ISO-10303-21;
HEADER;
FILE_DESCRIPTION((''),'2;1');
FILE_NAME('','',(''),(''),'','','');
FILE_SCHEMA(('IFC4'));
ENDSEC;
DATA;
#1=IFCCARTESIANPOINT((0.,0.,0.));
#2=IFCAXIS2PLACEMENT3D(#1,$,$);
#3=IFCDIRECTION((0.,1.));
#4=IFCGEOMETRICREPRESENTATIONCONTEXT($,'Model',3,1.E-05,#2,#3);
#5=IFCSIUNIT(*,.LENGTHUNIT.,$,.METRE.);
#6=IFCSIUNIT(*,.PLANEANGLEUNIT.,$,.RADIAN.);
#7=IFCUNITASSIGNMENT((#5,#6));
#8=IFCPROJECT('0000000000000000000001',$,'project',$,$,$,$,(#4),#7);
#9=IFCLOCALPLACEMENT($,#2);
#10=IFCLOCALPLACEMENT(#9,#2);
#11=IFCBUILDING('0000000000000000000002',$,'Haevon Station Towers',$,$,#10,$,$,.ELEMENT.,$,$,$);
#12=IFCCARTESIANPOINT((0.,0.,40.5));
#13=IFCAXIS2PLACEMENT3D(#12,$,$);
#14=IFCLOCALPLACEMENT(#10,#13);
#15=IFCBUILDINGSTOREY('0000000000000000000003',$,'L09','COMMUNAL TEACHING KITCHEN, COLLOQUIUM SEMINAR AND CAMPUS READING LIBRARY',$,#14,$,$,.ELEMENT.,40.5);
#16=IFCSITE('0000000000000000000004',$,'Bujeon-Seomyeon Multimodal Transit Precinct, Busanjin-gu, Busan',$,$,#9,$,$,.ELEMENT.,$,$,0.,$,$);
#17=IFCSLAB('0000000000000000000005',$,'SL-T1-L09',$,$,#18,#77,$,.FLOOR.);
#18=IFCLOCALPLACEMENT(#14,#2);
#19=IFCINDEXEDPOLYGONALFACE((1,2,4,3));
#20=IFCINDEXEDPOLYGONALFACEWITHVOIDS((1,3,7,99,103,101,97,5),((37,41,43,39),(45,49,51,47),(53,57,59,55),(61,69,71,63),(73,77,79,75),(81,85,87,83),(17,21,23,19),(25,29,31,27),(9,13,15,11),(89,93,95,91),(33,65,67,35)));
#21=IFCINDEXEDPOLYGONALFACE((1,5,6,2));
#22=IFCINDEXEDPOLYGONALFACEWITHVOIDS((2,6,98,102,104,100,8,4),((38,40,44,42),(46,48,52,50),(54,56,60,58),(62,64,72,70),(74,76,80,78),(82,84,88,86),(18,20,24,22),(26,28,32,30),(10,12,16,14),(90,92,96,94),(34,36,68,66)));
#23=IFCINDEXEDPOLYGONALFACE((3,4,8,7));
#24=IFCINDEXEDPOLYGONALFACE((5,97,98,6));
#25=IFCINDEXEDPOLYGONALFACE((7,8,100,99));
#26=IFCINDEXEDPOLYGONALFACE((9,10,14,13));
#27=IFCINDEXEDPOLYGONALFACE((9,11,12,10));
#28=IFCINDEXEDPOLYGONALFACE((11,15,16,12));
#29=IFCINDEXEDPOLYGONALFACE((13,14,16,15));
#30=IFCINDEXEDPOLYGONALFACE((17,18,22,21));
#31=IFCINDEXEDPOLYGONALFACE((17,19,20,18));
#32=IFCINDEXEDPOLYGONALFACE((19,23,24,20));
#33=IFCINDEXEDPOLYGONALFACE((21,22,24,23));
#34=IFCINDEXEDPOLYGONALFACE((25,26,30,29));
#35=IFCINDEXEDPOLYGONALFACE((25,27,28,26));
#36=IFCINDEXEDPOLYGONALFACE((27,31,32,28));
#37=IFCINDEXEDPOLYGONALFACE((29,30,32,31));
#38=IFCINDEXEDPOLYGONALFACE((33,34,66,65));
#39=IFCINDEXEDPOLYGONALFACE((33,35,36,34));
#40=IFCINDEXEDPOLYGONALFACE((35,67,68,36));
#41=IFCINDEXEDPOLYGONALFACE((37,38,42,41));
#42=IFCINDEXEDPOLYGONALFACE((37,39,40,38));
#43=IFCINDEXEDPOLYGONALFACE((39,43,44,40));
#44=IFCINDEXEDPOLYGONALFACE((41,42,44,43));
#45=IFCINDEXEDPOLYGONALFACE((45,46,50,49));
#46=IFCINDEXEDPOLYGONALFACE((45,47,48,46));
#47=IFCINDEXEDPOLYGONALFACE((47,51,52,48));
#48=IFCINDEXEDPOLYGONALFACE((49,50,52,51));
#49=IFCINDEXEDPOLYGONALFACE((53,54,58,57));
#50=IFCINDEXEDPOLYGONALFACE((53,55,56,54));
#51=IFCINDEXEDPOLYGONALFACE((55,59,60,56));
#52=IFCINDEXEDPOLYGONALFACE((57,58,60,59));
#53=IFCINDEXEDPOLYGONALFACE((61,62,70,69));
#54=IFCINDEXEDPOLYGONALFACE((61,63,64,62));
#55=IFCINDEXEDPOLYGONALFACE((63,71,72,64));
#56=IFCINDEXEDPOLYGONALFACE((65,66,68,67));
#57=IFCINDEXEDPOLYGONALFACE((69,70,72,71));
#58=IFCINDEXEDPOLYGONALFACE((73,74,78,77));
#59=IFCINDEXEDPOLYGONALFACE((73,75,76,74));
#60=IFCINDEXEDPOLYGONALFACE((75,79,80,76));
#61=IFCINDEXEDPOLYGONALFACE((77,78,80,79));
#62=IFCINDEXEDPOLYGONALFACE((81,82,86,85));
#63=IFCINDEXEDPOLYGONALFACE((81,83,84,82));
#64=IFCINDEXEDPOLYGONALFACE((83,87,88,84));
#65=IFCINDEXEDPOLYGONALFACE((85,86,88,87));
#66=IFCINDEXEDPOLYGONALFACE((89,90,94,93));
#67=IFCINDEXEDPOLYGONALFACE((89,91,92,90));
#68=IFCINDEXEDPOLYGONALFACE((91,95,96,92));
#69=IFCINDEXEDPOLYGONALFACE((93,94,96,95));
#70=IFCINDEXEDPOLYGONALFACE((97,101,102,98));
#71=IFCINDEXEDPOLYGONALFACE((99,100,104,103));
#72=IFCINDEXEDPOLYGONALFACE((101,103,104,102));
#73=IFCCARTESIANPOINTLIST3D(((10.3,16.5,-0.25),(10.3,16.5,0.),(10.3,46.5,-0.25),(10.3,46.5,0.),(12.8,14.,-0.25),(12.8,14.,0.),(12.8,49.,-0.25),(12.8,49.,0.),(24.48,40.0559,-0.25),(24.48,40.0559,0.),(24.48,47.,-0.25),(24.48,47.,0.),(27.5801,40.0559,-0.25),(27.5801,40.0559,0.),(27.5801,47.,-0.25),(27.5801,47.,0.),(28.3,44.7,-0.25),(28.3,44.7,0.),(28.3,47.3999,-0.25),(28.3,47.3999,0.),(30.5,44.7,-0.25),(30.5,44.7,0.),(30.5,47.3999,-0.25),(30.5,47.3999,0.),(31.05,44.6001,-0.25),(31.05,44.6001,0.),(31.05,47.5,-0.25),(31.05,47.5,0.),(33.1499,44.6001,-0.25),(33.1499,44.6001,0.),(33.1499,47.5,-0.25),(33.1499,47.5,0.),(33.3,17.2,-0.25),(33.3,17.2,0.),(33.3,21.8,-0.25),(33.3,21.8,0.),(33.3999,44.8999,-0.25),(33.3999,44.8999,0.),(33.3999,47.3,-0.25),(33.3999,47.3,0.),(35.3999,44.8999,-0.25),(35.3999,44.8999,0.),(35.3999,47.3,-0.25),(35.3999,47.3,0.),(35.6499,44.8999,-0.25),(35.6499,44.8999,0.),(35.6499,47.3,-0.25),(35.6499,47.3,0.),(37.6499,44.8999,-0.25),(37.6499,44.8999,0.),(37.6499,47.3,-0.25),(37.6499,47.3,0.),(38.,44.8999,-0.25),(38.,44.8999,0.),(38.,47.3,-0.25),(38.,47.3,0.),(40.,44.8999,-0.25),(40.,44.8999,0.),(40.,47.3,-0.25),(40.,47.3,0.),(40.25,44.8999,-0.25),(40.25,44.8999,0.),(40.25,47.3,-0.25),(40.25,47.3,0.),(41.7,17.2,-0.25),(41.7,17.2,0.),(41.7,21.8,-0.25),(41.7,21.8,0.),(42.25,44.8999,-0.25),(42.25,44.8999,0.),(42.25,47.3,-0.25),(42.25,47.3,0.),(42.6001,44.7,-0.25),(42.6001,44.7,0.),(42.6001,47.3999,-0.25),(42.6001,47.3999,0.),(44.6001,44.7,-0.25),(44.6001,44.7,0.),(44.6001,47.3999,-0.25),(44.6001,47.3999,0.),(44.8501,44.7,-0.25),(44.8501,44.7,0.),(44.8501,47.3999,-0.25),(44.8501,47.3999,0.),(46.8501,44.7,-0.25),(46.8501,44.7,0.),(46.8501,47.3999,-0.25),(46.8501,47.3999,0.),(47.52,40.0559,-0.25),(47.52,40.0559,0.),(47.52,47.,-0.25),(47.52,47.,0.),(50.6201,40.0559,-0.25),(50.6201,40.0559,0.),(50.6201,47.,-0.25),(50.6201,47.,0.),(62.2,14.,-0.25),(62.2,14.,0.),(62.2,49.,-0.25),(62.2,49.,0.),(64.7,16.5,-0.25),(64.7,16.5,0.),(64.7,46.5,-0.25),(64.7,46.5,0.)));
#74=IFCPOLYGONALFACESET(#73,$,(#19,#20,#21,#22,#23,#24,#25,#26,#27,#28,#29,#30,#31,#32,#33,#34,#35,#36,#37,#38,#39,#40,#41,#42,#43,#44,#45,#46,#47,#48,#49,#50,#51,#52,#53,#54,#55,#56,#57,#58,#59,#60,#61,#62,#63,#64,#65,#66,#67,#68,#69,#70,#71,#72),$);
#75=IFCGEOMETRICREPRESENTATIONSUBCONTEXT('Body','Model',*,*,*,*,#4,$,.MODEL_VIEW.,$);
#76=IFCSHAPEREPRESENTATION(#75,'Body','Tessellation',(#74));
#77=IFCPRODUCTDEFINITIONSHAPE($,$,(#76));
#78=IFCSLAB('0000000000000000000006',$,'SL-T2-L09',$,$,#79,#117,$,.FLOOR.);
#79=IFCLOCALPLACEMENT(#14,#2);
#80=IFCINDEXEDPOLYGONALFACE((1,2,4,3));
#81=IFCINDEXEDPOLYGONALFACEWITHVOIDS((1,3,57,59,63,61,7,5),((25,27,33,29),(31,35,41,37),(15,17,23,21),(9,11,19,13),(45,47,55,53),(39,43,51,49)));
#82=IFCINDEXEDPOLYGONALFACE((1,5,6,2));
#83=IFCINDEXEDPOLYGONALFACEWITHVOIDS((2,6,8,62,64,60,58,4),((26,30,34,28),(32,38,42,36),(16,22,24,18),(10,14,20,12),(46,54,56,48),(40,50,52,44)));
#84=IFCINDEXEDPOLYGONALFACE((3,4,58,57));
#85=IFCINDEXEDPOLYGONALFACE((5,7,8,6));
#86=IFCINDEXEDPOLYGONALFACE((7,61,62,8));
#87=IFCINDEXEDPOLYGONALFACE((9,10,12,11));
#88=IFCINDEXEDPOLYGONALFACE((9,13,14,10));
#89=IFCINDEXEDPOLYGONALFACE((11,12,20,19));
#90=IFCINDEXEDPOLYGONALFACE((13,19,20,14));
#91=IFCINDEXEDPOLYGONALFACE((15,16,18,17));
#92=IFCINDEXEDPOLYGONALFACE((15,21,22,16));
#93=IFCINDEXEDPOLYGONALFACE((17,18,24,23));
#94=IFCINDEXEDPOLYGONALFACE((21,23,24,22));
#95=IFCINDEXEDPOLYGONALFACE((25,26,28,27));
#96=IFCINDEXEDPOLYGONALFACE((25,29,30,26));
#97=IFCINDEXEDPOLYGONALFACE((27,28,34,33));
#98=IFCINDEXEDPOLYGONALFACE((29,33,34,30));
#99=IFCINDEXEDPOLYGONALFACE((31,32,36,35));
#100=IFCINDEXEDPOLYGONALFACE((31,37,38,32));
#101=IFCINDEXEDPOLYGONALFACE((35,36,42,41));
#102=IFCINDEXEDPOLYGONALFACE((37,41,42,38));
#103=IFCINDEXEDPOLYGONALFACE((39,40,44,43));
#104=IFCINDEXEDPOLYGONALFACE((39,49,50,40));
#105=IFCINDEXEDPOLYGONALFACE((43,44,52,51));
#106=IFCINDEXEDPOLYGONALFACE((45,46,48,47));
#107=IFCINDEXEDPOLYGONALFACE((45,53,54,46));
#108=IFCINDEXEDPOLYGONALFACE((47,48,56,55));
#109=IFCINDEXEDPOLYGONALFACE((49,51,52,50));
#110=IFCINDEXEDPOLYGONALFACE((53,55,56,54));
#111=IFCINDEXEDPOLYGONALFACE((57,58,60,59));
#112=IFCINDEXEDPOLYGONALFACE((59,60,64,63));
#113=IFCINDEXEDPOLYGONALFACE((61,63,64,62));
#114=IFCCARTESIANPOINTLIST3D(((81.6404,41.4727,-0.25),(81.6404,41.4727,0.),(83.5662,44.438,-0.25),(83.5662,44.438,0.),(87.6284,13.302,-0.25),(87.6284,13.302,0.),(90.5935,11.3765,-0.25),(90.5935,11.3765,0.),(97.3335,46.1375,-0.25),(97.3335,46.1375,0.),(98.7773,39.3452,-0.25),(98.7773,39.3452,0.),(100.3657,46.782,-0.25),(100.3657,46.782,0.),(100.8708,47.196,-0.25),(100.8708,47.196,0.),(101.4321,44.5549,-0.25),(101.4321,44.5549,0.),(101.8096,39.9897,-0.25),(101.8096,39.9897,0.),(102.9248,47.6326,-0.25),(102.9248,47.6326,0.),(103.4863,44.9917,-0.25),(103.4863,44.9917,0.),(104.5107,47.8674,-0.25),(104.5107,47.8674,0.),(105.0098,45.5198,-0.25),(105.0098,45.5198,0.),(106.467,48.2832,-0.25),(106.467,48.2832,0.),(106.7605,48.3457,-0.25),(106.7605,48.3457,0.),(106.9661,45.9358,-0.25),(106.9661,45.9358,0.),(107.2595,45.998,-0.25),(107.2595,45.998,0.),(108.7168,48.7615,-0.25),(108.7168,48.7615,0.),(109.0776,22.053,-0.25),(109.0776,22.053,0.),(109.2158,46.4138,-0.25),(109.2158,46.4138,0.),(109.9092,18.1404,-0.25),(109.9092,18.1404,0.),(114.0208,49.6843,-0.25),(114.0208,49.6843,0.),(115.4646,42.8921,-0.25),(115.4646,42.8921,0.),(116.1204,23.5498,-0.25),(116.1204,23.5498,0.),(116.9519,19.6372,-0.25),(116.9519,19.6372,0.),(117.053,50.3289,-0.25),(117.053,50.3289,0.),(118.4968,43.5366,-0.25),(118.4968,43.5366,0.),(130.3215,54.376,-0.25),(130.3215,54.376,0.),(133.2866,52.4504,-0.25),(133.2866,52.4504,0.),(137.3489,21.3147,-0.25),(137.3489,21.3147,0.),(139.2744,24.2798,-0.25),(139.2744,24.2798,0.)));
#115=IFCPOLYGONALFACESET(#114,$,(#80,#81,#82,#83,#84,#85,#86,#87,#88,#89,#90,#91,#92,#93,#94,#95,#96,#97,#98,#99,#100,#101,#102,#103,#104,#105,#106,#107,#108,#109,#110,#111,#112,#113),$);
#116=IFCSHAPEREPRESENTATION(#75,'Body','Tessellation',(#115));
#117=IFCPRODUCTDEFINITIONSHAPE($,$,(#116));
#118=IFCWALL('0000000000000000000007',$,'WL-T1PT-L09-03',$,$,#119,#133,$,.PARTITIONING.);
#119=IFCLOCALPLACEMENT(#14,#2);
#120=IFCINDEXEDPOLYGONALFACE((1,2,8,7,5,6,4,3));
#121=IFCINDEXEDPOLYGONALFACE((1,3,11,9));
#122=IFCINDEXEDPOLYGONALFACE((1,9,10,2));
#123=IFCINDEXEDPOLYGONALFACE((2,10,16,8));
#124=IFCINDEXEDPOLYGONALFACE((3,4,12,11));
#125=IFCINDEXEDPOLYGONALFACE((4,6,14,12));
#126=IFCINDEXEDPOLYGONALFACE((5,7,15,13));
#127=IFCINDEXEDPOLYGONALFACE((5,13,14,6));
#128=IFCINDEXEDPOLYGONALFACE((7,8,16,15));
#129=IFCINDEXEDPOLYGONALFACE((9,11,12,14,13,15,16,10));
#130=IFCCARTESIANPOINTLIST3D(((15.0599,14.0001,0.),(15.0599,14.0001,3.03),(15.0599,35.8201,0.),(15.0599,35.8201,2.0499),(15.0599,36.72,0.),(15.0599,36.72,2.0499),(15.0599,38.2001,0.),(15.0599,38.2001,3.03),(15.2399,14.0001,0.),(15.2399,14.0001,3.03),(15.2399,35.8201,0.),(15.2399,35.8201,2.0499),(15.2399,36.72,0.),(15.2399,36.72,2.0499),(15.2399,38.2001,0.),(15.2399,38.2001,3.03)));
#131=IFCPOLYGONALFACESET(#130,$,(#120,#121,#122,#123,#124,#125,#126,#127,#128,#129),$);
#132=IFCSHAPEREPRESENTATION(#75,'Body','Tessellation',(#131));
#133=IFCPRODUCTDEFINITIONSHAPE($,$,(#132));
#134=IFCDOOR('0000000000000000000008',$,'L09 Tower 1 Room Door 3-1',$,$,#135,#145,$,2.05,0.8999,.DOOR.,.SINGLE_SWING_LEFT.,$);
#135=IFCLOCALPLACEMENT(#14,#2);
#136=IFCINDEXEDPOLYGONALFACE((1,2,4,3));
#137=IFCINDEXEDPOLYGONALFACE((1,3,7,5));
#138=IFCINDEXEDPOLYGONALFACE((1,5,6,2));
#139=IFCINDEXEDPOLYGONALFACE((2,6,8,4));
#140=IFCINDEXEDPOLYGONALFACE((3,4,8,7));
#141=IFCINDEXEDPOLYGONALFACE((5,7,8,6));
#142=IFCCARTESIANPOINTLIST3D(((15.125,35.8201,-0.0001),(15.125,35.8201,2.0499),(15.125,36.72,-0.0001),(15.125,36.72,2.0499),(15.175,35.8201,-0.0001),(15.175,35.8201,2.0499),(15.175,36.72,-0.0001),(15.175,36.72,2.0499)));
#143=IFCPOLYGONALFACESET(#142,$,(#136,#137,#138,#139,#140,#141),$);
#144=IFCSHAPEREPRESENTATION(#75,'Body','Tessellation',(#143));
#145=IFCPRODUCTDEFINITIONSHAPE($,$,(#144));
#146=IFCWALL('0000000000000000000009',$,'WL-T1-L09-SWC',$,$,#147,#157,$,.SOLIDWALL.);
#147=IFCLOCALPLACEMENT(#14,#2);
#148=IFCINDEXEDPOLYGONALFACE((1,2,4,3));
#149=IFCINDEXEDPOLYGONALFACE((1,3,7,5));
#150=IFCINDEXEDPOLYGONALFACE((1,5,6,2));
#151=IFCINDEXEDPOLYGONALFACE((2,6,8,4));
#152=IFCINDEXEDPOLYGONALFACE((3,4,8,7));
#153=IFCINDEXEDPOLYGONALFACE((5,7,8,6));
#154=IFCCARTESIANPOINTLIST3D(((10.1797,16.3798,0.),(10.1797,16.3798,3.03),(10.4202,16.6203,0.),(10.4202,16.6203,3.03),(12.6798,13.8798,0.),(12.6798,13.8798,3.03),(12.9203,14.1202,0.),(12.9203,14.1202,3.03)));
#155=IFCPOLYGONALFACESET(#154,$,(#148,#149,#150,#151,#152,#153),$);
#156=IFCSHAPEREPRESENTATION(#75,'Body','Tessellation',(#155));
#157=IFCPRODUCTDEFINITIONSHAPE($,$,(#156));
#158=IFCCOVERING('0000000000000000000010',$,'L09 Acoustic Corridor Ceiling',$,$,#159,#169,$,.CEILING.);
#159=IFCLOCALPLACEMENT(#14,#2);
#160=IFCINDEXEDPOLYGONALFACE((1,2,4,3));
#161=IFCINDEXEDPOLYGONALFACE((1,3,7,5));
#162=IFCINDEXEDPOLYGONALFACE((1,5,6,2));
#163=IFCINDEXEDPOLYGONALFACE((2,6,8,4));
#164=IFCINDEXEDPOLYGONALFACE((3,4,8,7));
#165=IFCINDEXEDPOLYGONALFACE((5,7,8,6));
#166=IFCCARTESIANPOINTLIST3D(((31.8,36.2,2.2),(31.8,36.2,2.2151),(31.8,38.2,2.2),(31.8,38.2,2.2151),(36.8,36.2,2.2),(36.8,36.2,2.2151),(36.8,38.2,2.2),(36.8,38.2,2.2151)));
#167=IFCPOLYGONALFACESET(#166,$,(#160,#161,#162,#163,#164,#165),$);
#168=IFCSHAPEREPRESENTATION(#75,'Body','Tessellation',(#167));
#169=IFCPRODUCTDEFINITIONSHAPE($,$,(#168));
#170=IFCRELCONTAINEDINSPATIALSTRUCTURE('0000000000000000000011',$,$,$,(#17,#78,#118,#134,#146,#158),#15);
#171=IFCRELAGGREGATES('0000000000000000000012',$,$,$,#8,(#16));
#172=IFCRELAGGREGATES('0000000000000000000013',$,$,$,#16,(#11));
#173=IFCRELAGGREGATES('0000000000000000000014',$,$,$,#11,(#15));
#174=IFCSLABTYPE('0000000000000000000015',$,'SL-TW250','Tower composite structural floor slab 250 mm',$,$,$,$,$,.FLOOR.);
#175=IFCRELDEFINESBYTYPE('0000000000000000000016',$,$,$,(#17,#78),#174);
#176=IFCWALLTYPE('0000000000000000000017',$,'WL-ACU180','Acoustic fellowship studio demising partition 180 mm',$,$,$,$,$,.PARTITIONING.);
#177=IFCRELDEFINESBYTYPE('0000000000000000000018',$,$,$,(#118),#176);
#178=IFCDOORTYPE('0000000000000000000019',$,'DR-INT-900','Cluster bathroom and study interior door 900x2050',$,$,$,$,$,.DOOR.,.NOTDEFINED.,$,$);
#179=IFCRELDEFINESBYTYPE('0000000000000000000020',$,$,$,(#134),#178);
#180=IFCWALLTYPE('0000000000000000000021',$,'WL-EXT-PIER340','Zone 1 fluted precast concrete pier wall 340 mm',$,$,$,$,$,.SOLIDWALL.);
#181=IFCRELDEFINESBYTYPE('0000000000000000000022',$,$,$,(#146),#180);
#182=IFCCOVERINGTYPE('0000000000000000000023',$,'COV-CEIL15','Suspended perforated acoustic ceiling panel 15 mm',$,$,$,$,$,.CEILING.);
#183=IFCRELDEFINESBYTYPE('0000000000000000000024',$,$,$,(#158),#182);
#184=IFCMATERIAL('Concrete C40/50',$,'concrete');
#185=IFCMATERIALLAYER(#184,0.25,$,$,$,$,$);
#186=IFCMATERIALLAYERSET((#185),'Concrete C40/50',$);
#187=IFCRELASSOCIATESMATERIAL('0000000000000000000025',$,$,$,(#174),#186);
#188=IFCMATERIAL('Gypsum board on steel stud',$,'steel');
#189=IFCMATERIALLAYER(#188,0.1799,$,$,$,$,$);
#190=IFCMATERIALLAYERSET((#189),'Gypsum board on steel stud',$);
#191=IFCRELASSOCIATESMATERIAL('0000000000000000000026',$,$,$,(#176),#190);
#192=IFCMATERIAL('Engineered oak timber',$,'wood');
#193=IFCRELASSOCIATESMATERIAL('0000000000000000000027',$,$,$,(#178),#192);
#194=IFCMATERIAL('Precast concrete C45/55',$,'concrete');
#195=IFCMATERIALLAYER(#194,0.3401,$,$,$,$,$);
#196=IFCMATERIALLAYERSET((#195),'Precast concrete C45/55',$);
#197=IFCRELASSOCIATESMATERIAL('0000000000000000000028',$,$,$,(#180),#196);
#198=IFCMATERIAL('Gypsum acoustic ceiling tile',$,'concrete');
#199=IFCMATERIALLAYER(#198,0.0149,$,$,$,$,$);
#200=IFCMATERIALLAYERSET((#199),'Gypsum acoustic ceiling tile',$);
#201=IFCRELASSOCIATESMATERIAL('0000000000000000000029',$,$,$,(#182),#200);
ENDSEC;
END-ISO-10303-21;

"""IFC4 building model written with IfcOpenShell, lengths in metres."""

from ifc_helpers import new_model, si_unit, direction, frame, frame_2d, origin, place, context, subcontext, project, spatial, polyline, rectangle, outline, extrude, material, layer, layer_set, type_object, element, fill, save


model = new_model("IFC4")

# Units and contexts
model_context = context("Model", 3, precision=1e-05, world=origin(), true_north=direction((0.0, 1.0)))
body_context = subcontext(model_context, "Body", "Model", "MODEL_VIEW")
ifc_project = project(units=[si_unit("LENGTHUNIT", "METRE"), si_unit("PLANEANGLEUNIT", "RADIAN")], contexts=[model_context])

# Site, building, storey
site_placement = place(None, origin())
site = spatial("IfcSite", under=ifc_project, at=site_placement, Name="Bujeon-Seomyeon Multimodal Transit Precinct, Busanjin-gu, Busan", CompositionType="ELEMENT", RefElevation=0.0)
building_placement = place(site_placement, origin())
building = spatial("IfcBuilding", under=site, at=building_placement, Name="Haevon Station Towers", CompositionType="ELEMENT")
storey_placement = place(building_placement, frame((0.0, 0.0, 40.5)))
storey = spatial("IfcBuildingStorey", under=building, at=storey_placement, Name="L09", Description="COMMUNAL TEACHING KITCHEN, COLLOQUIUM SEMINAR AND CAMPUS READING LIBRARY", CompositionType="ELEMENT", Elevation=40.5)

# Shared definitions
ifc_material_1 = material(Name="Concrete C40/50", Category="concrete")

# Slabs
ifc_layer_1 = layer(ifc_material_1, 0.25)
ifc_layer_set_1 = layer_set([ifc_layer_1], Name="Concrete C40/50")
slab_type_1 = type_object("IfcSlabType", Name="SL-TW250", Description="Tower composite structural floor slab 250 mm", PredefinedType="FLOOR", material=ifc_layer_set_1)
slab_1_placement = place(storey_placement, frame((0.0, 0.0, -0.25)))
element("IfcSlab", 1, at=slab_1_placement, inside=storey, type_object=slab_type_1, Name="SL-T1-L09", PredefinedType="FLOOR", context=body_context, shape_type="SweptSolid", body=[
    extrude(outline(polyline([(12.8, 14.0), (62.2, 14.0), (64.7, 16.5), (64.7, 46.5), (62.2, 49.0), (12.8, 49.0), (10.3, 46.5), (10.3, 16.5), (12.8, 14.0)]), holes=[polyline([(27.5801, 40.0559), (27.5801, 47.0), (24.48, 47.0), (24.48, 40.0559), (27.5801, 40.0559)]), polyline([(50.6201, 40.0559), (50.6201, 47.0), (47.52, 47.0), (47.52, 40.0559), (50.6201, 40.0559)]), polyline([(28.3, 44.7), (30.5, 44.7), (30.5, 47.3999), (28.3, 47.3999), (28.3, 44.7)]), polyline([(31.05, 44.6001), (33.1499, 44.6001), (33.1499, 47.5), (31.05, 47.5), (31.05, 44.6001)]), polyline([(33.3999, 44.8999), (35.3999, 44.8999), (35.3999, 47.3), (33.3999, 47.3), (33.3999, 44.8999)]), polyline([(35.6499, 44.8999), (37.6499, 44.8999), (37.6499, 47.3), (35.6499, 47.3), (35.6499, 44.8999)]), polyline([(38.0, 44.8999), (40.0, 44.8999), (40.0, 47.3), (38.0, 47.3), (38.0, 44.8999)]), polyline([(40.25, 44.8999), (42.25, 44.8999), (42.25, 47.3), (40.25, 47.3), (40.25, 44.8999)]), polyline([(42.6001, 44.7), (44.6001, 44.7), (44.6001, 47.3999), (42.6001, 47.3999), (42.6001, 44.7)]), polyline([(44.8501, 44.7), (46.8501, 44.7), (46.8501, 47.3999), (44.8501, 47.3999), (44.8501, 44.7)]), polyline([(33.3, 17.2), (41.7, 17.2), (41.7, 21.8), (33.3, 21.8), (33.3, 17.2)])]), origin(), (0.0, 0.0, 1.0), 0.25),
])
slab_2_placement = place(storey_placement, frame((0.0, 0.0, -0.25)))
element("IfcSlab", 2, at=slab_2_placement, inside=storey, type_object=slab_type_1, Name="SL-T2-L09", PredefinedType="FLOOR", context=body_context, shape_type="SweptSolid", body=[
    extrude(outline(polyline([(90.5935, 11.3765), (137.3489, 21.3147), (139.2744, 24.2798), (133.2866, 52.4504), (130.3215, 54.376), (83.5662, 44.438), (81.6404, 41.4727), (87.6284, 13.302), (90.5935, 11.3765)]), holes=[polyline([(101.8096, 39.9897), (100.3657, 46.782), (97.3335, 46.1375), (98.7773, 39.3452), (101.8096, 39.9897)]), polyline([(118.4968, 43.5366), (117.053, 50.3289), (114.0208, 49.6843), (115.4646, 42.8921), (118.4968, 43.5366)]), polyline([(101.4321, 44.5549), (103.4863, 44.9917), (102.9248, 47.6326), (100.8708, 47.196), (101.4321, 44.5549)]), polyline([(105.0098, 45.5198), (106.9661, 45.9358), (106.467, 48.2832), (104.5107, 47.8674), (105.0098, 45.5198)]), polyline([(107.2595, 45.998), (109.2158, 46.4138), (108.7168, 48.7615), (106.7605, 48.3457), (107.2595, 45.998)]), polyline([(109.9092, 18.1404), (116.9519, 19.6372), (116.1204, 23.5498), (109.0776, 22.053), (109.9092, 18.1404)])]), origin(), (0.0, 0.0, 1.0), 0.25),
])

# Wall, opening, door
ifc_material_2 = material(Name="Gypsum board on steel stud", Category="steel")
ifc_layer_2 = layer(ifc_material_2, 0.1799)
ifc_layer_set_2 = layer_set([ifc_layer_2], Name="Gypsum board on steel stud")
wall_type_1 = type_object("IfcWallType", Name="WL-ACU180", Description="Acoustic fellowship studio demising partition 180 mm", PredefinedType="PARTITIONING", material=ifc_layer_set_2)
wall_1_placement = place(storey_placement, frame((15.1499, 14.0, 0.0), z_axis=(0.0, 0.0, 1.0), x_axis=(0.0, 1.0, 0.0)))
wall_1 = element("IfcWall", 3, at=wall_1_placement, inside=storey, type_object=wall_type_1, Name="WL-T1PT-L09-03", PredefinedType="PARTITIONING", context=body_context, shape_type="SweptSolid", body=[
    extrude(rectangle(XDim=24.2, YDim=0.1799, at=frame_2d((12.1001, 0.0))), origin(), (0.0, 0.0, 1.0), 3.03),
])
opening_placement = place(wall_1_placement, frame((21.8201, 0.0, 0.0)))
opening = element("IfcOpeningElement", 4, at=opening_placement, cuts=wall_1, PredefinedType="OPENING", context=body_context, shape_type="SweptSolid", body=[
    extrude(rectangle(XDim=0.8999, YDim=2.05, at=frame_2d((0.45, 1.0249))), frame((0.0, 0.0999, 0.0), z_axis=(0.0, -1.0, 0.0), x_axis=(1.0, 0.0, 0.0)), (0.0, 0.0, 1.0), 0.2),
])
ifc_material_3 = material(Name="Engineered oak timber", Category="wood")
door_type = type_object("IfcDoorType", Name="DR-INT-900", Description="Cluster bathroom and study interior door 900x2050", OperationType="NOTDEFINED", PredefinedType="DOOR", material=ifc_material_3)
door_placement = place(opening_placement, origin())
door = element("IfcDoor", 5, at=door_placement, inside=storey, type_object=door_type, Name="L09 Tower 1 Room Door 3-1", OperationType="SINGLE_SWING_LEFT", OverallHeight=2.05, OverallWidth=0.8999, PredefinedType="DOOR", context=body_context, shape_type="SweptSolid", body=[
    extrude(rectangle(XDim=0.8999, YDim=2.05, at=frame_2d((0.45, 1.0249))), frame((0.0, 0.0249, 0.0), z_axis=(0.0, -1.0, 0.0), x_axis=(1.0, 0.0, 0.0)), (0.0, 0.0, 1.0), 0.05),
])
fill(opening, door)

# Wall
ifc_material_4 = material(Name="Precast concrete C45/55", Category="concrete")
ifc_layer_3 = layer(ifc_material_4, 0.3401)
ifc_layer_set_3 = layer_set([ifc_layer_3], Name="Precast concrete C45/55")
wall_type_2 = type_object("IfcWallType", Name="WL-EXT-PIER340", Description="Zone 1 fluted precast concrete pier wall 340 mm", PredefinedType="SOLIDWALL", material=ifc_layer_set_3)
wall_2_placement = place(storey_placement, frame((12.8, 14.0, 0.0), z_axis=(0.0, 0.0, 1.0), x_axis=(-0.707107, 0.707107, 0.0)))
element("IfcWall", 6, at=wall_2_placement, inside=storey, type_object=wall_type_2, Name="WL-T1-L09-SWC", PredefinedType="SOLIDWALL", context=body_context, shape_type="SweptSolid", body=[
    extrude(rectangle(XDim=3.5356, YDim=0.3401, at=frame_2d((1.7678, 0.0))), origin(), (0.0, 0.0, 1.0), 3.03),
])

# Covering
ifc_material_5 = material(Name="Gypsum acoustic ceiling tile", Category="concrete")
ifc_layer_4 = layer(ifc_material_5, 0.0149)
ifc_layer_set_4 = layer_set([ifc_layer_4], Name="Gypsum acoustic ceiling tile")
covering_type_1 = type_object("IfcCoveringType", Name="COV-CEIL15", Description="Suspended perforated acoustic ceiling panel 15 mm", PredefinedType="CEILING", material=ifc_layer_set_4)
covering_1_placement = place(storey_placement, frame((0.0, 0.0, 2.2)))
element("IfcCovering", 7, at=covering_1_placement, inside=storey, type_object=covering_type_1, Name="L09 Acoustic Corridor Ceiling", PredefinedType="CEILING", context=body_context, shape_type="SweptSolid", body=[
    extrude(outline(polyline([(31.8, 36.2), (36.8, 36.2), (36.8, 38.2), (31.8, 38.2), (31.8, 36.2)])), origin(), (0.0, 0.0, 1.0), 0.0151),
])

save(model, "model.ifc")
